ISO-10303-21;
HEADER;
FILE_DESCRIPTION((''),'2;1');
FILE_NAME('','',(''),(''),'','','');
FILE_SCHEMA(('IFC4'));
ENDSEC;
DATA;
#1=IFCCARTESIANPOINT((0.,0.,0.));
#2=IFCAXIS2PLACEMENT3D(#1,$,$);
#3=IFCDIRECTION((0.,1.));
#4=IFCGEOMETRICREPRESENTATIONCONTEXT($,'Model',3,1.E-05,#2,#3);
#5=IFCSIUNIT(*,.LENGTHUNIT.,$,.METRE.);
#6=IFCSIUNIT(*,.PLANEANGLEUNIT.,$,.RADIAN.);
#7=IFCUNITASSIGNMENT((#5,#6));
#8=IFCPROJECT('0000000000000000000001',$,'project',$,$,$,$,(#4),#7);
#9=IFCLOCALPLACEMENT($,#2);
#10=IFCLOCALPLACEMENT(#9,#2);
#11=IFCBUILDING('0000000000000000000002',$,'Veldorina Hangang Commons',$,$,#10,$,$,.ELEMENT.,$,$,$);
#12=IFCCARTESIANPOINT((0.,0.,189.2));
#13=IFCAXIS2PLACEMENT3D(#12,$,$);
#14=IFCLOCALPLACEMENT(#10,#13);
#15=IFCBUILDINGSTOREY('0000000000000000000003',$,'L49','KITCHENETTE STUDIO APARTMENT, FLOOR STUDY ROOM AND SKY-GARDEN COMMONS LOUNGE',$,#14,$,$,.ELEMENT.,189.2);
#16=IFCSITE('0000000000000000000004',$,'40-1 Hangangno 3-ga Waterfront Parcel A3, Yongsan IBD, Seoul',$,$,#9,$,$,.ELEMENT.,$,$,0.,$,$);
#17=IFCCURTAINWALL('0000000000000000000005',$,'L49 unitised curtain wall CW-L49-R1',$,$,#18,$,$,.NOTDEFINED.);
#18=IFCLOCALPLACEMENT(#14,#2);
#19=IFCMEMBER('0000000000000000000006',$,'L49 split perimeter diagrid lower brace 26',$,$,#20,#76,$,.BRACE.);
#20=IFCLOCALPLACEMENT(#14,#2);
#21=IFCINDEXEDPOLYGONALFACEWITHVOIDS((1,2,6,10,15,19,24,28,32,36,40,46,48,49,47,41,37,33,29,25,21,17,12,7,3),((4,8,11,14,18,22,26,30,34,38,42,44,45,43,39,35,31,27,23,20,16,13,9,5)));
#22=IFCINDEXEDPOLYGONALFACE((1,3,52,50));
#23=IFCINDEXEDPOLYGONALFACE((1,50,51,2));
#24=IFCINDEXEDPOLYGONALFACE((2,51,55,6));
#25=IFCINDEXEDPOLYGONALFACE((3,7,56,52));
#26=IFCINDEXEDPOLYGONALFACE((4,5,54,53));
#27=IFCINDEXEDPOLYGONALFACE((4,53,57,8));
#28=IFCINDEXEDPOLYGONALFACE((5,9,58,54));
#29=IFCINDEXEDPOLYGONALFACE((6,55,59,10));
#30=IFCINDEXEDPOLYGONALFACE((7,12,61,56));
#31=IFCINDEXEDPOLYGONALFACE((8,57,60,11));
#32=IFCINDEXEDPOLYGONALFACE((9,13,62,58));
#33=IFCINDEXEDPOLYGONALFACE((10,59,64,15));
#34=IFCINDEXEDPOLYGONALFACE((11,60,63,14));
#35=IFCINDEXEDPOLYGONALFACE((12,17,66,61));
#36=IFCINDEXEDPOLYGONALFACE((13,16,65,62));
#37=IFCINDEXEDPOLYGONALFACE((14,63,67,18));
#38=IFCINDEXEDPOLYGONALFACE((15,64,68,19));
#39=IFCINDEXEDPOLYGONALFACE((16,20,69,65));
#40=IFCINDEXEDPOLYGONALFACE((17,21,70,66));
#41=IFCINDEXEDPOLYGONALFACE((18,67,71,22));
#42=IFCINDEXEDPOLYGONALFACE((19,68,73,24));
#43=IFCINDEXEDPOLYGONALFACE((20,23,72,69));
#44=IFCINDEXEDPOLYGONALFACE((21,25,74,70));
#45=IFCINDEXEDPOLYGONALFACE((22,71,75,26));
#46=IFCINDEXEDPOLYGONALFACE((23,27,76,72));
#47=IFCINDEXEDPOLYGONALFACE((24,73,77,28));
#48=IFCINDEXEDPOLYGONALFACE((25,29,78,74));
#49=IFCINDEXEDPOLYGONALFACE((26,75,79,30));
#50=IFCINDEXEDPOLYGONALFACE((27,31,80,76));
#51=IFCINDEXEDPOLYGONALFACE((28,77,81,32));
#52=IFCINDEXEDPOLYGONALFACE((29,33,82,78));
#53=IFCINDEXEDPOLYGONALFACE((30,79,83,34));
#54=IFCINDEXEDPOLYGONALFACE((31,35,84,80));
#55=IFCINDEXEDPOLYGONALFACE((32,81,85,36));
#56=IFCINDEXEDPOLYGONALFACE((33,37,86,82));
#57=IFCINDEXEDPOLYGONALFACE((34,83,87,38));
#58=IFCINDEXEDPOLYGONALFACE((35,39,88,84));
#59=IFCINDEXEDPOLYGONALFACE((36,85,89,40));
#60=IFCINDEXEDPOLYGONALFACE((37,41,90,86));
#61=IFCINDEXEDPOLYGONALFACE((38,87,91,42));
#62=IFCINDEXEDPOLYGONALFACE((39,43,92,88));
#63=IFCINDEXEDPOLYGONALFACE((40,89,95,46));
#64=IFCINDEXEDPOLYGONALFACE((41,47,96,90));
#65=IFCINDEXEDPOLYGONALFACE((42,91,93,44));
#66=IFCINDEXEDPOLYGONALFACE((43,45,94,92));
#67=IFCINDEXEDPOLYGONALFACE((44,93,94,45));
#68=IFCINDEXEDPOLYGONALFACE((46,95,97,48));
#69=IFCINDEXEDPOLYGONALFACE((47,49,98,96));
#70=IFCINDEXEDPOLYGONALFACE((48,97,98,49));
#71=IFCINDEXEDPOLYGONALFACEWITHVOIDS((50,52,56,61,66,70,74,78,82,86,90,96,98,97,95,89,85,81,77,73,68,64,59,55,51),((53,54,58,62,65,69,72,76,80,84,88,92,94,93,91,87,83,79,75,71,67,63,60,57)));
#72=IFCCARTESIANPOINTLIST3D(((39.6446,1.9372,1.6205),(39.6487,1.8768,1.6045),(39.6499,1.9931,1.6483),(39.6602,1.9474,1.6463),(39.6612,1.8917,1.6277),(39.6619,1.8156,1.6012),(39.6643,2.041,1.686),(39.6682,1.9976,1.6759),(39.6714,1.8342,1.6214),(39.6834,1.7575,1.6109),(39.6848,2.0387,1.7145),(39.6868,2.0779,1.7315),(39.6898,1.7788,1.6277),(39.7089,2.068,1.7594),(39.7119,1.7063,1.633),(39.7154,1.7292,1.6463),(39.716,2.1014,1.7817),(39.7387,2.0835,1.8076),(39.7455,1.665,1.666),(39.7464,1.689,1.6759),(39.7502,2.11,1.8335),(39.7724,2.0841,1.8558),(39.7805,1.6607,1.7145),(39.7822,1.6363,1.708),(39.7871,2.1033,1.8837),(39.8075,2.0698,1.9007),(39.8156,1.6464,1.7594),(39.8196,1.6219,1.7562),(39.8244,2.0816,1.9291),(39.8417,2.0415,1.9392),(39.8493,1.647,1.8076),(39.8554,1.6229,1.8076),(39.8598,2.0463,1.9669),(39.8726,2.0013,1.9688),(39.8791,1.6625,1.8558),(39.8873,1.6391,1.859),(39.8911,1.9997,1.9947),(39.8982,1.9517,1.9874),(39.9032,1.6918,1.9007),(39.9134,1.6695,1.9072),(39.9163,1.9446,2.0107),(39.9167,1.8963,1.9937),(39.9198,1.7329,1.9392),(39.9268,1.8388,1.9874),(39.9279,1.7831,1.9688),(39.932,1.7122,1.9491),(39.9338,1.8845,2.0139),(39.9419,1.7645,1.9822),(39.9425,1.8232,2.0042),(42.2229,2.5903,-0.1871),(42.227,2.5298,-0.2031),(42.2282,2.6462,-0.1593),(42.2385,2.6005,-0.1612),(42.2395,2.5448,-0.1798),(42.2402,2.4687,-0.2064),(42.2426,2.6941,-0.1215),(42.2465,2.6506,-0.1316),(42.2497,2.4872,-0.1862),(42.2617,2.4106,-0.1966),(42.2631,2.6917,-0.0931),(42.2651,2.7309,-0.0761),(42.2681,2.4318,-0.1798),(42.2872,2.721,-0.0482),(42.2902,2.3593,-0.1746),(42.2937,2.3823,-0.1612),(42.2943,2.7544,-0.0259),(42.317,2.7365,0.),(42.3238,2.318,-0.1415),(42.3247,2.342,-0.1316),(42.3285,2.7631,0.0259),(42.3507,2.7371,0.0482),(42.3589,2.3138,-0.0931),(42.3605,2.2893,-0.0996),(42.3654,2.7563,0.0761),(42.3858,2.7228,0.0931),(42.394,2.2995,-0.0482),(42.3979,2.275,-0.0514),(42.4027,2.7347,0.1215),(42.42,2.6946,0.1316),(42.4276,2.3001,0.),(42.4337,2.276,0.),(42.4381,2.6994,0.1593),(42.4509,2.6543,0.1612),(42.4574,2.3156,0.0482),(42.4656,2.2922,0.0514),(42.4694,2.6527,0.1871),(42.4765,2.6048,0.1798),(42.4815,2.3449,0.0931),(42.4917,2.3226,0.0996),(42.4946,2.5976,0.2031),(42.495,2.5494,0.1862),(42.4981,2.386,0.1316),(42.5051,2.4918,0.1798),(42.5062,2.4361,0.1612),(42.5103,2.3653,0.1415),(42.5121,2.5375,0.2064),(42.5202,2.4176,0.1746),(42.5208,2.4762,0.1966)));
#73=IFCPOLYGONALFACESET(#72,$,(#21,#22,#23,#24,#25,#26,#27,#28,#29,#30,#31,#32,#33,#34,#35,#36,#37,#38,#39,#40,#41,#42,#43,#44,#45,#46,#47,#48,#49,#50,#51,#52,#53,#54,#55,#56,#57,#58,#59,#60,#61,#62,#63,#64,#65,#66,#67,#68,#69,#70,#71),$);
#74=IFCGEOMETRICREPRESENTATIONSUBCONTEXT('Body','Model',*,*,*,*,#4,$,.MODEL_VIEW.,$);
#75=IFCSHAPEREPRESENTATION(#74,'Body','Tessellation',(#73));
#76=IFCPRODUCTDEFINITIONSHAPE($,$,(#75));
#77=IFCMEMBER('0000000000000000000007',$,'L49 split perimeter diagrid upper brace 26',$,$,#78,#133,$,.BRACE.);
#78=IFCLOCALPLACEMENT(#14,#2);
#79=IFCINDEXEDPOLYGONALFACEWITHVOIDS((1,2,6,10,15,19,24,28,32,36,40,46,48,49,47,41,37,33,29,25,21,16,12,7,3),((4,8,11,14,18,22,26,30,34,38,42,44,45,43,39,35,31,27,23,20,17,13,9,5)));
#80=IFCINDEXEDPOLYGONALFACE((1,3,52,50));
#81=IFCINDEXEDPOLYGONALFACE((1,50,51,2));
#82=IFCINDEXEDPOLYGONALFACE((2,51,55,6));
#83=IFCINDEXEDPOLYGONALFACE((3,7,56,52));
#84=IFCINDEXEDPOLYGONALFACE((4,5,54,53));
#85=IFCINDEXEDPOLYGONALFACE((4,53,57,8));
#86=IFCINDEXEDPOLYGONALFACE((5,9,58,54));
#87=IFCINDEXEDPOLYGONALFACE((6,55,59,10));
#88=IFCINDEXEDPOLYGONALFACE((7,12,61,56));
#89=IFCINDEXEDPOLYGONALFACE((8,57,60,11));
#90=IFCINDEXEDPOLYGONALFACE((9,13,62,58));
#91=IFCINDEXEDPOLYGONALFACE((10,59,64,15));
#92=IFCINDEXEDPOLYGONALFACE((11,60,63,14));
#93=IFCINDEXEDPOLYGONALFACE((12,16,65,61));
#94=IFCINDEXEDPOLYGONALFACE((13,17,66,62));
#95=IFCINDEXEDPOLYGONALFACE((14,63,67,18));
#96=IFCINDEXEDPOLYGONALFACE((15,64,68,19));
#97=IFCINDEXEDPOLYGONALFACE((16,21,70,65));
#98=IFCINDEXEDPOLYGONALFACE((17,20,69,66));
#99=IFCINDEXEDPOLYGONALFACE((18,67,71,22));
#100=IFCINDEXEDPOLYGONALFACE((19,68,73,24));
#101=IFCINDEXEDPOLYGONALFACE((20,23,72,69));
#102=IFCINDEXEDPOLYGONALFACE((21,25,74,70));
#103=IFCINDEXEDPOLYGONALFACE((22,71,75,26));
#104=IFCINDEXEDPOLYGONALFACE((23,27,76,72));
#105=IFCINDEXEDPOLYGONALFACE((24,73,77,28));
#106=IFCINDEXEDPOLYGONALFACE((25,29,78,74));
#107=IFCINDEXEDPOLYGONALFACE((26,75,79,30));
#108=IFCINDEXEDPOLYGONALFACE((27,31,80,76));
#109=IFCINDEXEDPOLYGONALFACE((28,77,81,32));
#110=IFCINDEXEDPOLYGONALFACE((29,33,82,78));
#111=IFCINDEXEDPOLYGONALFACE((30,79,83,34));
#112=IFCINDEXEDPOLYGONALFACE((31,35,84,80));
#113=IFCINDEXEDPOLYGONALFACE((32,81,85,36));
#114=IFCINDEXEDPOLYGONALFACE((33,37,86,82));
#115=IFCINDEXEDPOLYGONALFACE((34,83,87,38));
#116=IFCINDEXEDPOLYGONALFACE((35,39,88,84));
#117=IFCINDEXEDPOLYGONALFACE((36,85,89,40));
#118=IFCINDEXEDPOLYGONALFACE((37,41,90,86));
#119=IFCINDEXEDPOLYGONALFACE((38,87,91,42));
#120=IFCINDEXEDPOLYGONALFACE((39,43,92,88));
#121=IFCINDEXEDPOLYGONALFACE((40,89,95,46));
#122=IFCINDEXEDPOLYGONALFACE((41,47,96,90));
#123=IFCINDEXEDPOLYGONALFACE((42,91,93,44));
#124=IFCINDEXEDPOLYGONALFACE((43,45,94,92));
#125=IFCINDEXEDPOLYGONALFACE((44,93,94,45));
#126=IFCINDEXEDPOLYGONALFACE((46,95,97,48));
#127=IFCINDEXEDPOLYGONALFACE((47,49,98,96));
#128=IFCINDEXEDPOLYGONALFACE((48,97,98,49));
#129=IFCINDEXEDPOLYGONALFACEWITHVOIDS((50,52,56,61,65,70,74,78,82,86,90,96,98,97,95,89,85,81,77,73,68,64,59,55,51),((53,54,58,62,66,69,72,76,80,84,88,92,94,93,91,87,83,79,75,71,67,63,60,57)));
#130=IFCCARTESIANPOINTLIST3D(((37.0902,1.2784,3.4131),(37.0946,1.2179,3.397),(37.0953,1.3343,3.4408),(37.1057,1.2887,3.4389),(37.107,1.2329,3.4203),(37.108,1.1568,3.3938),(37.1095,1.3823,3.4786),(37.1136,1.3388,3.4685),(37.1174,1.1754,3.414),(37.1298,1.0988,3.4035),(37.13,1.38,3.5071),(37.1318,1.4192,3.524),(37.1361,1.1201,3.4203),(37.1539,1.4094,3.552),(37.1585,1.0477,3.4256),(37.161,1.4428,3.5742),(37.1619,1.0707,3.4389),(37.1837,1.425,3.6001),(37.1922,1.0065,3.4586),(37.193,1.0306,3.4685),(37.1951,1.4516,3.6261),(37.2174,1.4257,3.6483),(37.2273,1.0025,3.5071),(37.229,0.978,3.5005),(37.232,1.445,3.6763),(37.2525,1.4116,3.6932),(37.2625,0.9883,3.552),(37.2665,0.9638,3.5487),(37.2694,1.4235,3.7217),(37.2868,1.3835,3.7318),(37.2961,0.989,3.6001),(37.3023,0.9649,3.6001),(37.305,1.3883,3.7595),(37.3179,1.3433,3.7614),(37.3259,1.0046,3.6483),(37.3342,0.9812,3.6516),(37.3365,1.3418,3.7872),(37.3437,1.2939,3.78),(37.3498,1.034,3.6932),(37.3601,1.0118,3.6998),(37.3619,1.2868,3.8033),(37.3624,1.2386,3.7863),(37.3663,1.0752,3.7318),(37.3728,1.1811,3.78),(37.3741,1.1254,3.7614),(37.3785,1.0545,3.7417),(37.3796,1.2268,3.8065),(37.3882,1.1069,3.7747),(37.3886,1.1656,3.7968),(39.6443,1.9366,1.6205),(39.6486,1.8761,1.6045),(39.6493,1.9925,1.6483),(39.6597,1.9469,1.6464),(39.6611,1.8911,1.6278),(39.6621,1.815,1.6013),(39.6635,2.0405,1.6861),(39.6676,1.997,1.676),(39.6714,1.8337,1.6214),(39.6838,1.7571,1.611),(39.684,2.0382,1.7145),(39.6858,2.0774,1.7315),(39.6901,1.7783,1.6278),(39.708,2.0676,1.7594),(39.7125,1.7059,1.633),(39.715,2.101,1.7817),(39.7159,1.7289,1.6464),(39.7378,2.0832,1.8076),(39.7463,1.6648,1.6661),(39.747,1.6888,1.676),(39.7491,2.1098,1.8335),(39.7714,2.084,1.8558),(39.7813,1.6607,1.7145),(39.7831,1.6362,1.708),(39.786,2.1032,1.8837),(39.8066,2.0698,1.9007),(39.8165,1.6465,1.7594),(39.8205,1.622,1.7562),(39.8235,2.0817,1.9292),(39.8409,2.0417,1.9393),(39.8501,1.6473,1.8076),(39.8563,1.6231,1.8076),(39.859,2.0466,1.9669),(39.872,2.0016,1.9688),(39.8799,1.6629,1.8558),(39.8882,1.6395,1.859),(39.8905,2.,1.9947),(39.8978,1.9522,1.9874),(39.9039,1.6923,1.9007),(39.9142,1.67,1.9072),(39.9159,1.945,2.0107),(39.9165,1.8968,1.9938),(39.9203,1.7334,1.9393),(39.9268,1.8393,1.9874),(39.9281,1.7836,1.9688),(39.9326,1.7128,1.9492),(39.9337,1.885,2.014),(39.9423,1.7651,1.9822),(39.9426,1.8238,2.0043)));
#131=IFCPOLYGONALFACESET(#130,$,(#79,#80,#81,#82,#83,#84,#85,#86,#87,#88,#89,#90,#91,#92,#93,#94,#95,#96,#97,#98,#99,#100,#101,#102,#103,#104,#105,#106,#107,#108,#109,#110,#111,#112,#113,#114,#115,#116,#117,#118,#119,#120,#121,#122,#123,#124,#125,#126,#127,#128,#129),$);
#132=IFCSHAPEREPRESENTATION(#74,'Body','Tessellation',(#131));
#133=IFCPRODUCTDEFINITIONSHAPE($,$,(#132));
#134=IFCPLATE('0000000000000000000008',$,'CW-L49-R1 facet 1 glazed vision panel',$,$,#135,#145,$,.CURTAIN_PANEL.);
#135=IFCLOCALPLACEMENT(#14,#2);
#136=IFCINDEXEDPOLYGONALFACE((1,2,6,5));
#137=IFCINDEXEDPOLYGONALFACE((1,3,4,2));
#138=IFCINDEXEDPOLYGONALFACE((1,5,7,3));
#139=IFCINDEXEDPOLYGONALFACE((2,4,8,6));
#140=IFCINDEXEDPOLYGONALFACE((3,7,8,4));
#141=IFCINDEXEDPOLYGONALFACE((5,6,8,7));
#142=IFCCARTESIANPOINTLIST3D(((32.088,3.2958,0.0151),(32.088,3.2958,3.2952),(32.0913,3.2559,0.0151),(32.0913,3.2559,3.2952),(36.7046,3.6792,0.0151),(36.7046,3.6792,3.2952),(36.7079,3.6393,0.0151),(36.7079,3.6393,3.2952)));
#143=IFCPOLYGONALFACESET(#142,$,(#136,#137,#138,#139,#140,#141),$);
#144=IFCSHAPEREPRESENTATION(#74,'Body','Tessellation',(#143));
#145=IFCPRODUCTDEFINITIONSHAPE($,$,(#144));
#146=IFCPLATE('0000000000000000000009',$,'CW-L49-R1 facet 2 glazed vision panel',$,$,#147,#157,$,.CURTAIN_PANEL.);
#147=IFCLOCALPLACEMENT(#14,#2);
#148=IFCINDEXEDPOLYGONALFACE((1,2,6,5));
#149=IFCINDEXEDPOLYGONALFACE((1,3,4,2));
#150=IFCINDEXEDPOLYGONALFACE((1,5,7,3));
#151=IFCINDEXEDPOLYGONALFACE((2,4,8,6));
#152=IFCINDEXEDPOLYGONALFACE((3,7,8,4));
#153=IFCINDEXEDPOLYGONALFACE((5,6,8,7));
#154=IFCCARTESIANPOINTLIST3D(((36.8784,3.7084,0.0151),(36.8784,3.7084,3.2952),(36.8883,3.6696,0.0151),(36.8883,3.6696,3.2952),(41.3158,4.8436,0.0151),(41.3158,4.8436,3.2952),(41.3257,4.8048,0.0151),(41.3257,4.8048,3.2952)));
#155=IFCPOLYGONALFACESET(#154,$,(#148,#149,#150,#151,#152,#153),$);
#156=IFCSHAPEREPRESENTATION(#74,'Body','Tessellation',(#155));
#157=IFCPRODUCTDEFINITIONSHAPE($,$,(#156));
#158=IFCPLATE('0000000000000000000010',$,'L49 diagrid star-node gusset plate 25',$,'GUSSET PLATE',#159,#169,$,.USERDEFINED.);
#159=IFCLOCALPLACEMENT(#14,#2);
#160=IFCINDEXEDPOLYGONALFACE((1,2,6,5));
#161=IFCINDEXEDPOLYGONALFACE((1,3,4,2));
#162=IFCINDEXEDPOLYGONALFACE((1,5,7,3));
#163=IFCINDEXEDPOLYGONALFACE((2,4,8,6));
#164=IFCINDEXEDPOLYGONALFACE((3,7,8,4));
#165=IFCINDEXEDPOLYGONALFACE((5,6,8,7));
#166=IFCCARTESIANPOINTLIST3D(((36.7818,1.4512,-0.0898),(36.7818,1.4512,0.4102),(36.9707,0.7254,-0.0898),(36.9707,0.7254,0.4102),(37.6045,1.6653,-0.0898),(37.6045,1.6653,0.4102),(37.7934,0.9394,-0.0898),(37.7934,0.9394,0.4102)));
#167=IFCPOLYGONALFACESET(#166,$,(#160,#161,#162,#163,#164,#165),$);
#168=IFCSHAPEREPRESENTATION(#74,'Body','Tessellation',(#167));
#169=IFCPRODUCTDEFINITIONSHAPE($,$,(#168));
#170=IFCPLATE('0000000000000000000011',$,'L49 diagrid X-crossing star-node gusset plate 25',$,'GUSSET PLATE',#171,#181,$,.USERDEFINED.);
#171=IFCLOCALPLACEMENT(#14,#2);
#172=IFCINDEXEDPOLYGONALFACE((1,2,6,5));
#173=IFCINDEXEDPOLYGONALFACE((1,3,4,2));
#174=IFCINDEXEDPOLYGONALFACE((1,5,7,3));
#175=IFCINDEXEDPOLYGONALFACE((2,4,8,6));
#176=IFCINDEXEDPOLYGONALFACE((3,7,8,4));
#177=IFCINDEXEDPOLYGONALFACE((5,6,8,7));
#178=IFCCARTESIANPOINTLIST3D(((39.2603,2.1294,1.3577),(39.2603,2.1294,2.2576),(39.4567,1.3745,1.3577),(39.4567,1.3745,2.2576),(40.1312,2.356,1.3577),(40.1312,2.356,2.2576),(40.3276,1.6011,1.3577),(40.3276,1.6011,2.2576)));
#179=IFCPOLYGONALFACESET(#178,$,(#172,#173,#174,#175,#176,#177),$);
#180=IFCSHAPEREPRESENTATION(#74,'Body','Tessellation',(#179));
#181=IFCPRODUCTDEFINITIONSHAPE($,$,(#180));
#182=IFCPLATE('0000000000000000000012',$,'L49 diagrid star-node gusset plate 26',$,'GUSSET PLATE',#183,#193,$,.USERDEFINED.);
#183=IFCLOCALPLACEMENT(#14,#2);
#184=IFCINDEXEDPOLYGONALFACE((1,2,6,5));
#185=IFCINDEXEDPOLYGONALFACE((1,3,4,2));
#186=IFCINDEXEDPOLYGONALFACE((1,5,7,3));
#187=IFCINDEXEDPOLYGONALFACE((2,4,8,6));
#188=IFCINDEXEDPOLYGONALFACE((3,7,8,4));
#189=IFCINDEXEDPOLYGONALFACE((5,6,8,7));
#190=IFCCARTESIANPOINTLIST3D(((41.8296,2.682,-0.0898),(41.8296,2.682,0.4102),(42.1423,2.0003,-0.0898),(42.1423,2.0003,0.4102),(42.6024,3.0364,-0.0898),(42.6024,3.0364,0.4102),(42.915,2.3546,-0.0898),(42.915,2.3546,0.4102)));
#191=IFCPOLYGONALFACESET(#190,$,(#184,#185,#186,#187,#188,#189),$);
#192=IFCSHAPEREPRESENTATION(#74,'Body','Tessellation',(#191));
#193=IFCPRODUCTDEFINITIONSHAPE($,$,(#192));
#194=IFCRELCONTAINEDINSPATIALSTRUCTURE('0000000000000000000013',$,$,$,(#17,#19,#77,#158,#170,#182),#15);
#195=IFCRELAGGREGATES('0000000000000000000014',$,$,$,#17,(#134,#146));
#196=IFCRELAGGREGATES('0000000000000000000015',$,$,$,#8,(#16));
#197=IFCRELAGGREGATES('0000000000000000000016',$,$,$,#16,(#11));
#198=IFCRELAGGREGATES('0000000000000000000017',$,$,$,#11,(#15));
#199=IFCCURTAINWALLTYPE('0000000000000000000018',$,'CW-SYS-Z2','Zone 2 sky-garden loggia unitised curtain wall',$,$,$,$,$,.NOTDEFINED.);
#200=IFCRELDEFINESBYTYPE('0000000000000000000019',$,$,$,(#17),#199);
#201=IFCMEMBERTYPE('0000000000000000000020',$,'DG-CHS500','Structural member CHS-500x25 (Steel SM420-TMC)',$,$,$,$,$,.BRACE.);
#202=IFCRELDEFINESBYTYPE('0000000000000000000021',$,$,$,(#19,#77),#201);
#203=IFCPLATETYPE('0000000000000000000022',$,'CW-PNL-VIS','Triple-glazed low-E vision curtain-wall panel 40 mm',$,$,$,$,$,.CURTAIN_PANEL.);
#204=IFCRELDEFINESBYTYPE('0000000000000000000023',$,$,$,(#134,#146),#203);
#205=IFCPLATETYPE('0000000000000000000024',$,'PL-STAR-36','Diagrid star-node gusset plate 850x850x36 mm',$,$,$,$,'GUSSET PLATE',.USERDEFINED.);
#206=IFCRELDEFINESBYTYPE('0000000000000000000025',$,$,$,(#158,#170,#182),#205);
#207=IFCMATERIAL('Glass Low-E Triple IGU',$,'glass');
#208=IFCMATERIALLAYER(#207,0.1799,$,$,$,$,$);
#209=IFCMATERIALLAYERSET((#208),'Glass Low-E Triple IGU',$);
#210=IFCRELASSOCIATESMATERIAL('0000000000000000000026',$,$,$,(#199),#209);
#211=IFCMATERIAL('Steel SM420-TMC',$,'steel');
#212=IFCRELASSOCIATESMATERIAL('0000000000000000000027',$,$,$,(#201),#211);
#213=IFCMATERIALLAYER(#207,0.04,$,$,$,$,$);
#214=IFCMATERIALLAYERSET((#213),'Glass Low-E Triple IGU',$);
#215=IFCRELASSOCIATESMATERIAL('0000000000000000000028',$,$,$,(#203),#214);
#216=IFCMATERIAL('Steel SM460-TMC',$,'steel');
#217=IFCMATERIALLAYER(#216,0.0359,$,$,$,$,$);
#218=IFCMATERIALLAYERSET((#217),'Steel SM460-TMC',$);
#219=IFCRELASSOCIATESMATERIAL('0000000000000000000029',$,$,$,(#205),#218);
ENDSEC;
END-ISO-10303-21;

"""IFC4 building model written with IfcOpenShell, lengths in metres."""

from ifc_helpers import new_model, si_unit, direction, frame, origin, origin_2d, place, context, subcontext, project, spatial, rectangle, hollow_circle, extrude, material, layer, layer_set, material_profile, profile_set, type_object, element, aggregate, save


model = new_model("IFC4")

# Units and contexts
model_context = context("Model", 3, precision=1e-05, world=origin(), true_north=direction((0.0, 1.0)))
body_context = subcontext(model_context, "Body", "Model", "MODEL_VIEW")
ifc_project = project(units=[si_unit("LENGTHUNIT", "METRE"), si_unit("PLANEANGLEUNIT", "RADIAN")], contexts=[model_context])

# Site, building, storey
site_placement = place(None, origin())
site = spatial("IfcSite", under=ifc_project, at=site_placement, Name="40-1 Hangangno 3-ga Waterfront Parcel A3, Yongsan IBD, Seoul", CompositionType="ELEMENT", RefElevation=0.0)
building_placement = place(site_placement, origin())
building = spatial("IfcBuilding", under=site, at=building_placement, Name="Veldorina Hangang Commons", CompositionType="ELEMENT")
storey_placement = place(building_placement, frame((0.0, 0.0, 189.2)))
storey = spatial("IfcBuildingStorey", under=building, at=storey_placement, Name="L49", Description="KITCHENETTE STUDIO APARTMENT, FLOOR STUDY ROOM AND SKY-GARDEN COMMONS LOUNGE", CompositionType="ELEMENT", Elevation=189.2)

# Shared definitions
ifc_material_1 = material(Name="Steel SM420-TMC", Category="steel")

# Curtain wall
ifc_material_2 = material(Name="Glass Low-E Triple IGU", Category="glass")
ifc_layer_1 = layer(ifc_material_2, 0.1799)
ifc_layer_set_1 = layer_set([ifc_layer_1], Name="Glass Low-E Triple IGU")
curtain_wall_type = type_object("IfcCurtainWallType", Name="CW-SYS-Z2", Description="Zone 2 sky-garden loggia unitised curtain wall", PredefinedType="NOTDEFINED", material=ifc_layer_set_1)
curtain_wall_placement = place(storey_placement, origin())
curtain_wall = element("IfcCurtainWall", 1, at=curtain_wall_placement, inside=storey, type_object=curtain_wall_type, Name="L49 unitised curtain wall CW-L49-R1", PredefinedType="NOTDEFINED")

# Members
ifc_material_profile_1 = material_profile(ifc_material_1, hollow_circle(Radius=0.25, WallThickness=0.0249, at=origin_2d()), Name="CHS-500x25")
ifc_profile_set_1 = profile_set([ifc_material_profile_1], Name="Steel SM420-TMC")
member_type_1 = type_object("IfcMemberType", Name="DG-CHS500", Description="Structural member CHS-500x25 (Steel SM420-TMC)", PredefinedType="BRACE", material=ifc_profile_set_1)
member_1_placement = place(storey_placement, frame((42.3723, 2.5183, 0.0), z_axis=(-0.801758, -0.203078, 0.562089), x_axis=(0.245537, -0.969387, 0.0)))
element("IfcMember", 2, at=member_1_placement, inside=storey, type_object=member_type_1, Name="L49 split perimeter diagrid lower brace 26", PredefinedType="BRACE", context=body_context, shape_type="SweptSolid", body=[
    extrude(hollow_circle(Radius=0.25, WallThickness=0.0249, at=origin_2d()), origin(), (0.0, 0.0, 1.0), 3.2158),
])
member_2_placement = place(storey_placement, frame((39.7939, 1.8652, 1.8076), z_axis=(-0.800896, -0.206406, 0.562105), x_axis=(0.249564, -0.968358, 0.0)))
element("IfcMember", 3, at=member_2_placement, inside=storey, type_object=member_type_1, Name="L49 split perimeter diagrid upper brace 26", PredefinedType="BRACE", context=body_context, shape_type="SweptSolid", body=[
    extrude(hollow_circle(Radius=0.25, WallThickness=0.0249, at=origin_2d()), origin(), (0.0, 0.0, 1.0), 3.189),
])

# Plates
ifc_layer_2 = layer(ifc_material_2, 0.04)
ifc_layer_set_2 = layer_set([ifc_layer_2], Name="Glass Low-E Triple IGU")
plate_type_1 = type_object("IfcPlateType", Name="CW-PNL-VIS", Description="Triple-glazed low-E vision curtain-wall panel 40 mm", PredefinedType="CURTAIN_PANEL", material=ifc_layer_set_2)
plate_1_placement = place(storey_placement, frame((34.3979, 3.4675, 0.0151), z_axis=(0.0, 0.0, 1.0), x_axis=(0.99657, 0.082756, 0.0)))
plate_1 = element("IfcPlate", 4, at=plate_1_placement, type_object=plate_type_1, Name="CW-L49-R1 facet 1 glazed vision panel", PredefinedType="CURTAIN_PANEL", context=body_context, shape_type="SweptSolid", body=[
    extrude(rectangle(XDim=4.6326, YDim=0.04, at=origin_2d()), origin(), (0.0, 0.0, 1.0), 3.28),
])
plate_2_placement = place(storey_placement, frame((39.1021, 4.2566, 0.0151), z_axis=(0.0, 0.0, 1.0), x_axis=(0.9688, 0.247845, 0.0)))
plate_2 = element("IfcPlate", 5, at=plate_2_placement, type_object=plate_type_1, Name="CW-L49-R1 facet 2 glazed vision panel", PredefinedType="CURTAIN_PANEL", context=body_context, shape_type="SweptSolid", body=[
    extrude(rectangle(XDim=4.5803, YDim=0.04, at=origin_2d()), origin(), (0.0, 0.0, 1.0), 3.28),
])
aggregate(curtain_wall, [plate_1, plate_2])

# Plates
ifc_material_3 = material(Name="Steel SM460-TMC", Category="steel")
ifc_layer_3 = layer(ifc_material_3, 0.0359)
ifc_layer_set_3 = layer_set([ifc_layer_3], Name="Steel SM460-TMC")
plate_type_2 = type_object("IfcPlateType", Name="PL-STAR-36", Description="Diagrid star-node gusset plate 850x850x36 mm", ElementType="GUSSET PLATE", PredefinedType="USERDEFINED", material=ifc_layer_set_3)
plate_3_placement = place(storey_placement, frame((37.2876, 1.1953, -0.0898), z_axis=(0.0, 0.0, 1.0), x_axis=(0.967771, 0.251833, 0.0)))
element("IfcPlate", 6, at=plate_3_placement, inside=storey, type_object=plate_type_2, Name="L49 diagrid star-node gusset plate 25", ObjectType="GUSSET PLATE", PredefinedType="USERDEFINED", context=body_context, shape_type="SweptSolid", body=[
    extrude(rectangle(XDim=0.8501, YDim=0.75, at=origin_2d()), origin(), (0.0, 0.0, 1.0), 0.5),
])
plate_4_placement = place(storey_placement, frame((39.7939, 1.8652, 1.3577), z_axis=(0.0, 0.0, 1.0), x_axis=(0.967771, 0.251833, 0.0)))
element("IfcPlate", 7, at=plate_4_placement, inside=storey, type_object=plate_type_2, Name="L49 diagrid X-crossing star-node gusset plate 25", ObjectType="GUSSET PLATE", PredefinedType="USERDEFINED", context=body_context, shape_type="SweptSolid", body=[
    extrude(rectangle(XDim=0.8999, YDim=0.78, at=origin_2d()), origin(), (0.0, 0.0, 1.0), 0.8999),
])
plate_5_placement = place(storey_placement, frame((42.3723, 2.5183, -0.0898), z_axis=(0.0, 0.0, 1.0), x_axis=(0.908989, 0.41682, 0.0)))
element("IfcPlate", 8, at=plate_5_placement, inside=storey, type_object=plate_type_2, Name="L49 diagrid star-node gusset plate 26", ObjectType="GUSSET PLATE", PredefinedType="USERDEFINED", context=body_context, shape_type="SweptSolid", body=[
    extrude(rectangle(XDim=0.8501, YDim=0.75, at=origin_2d()), origin(), (0.0, 0.0, 1.0), 0.5),
])

save(model, "model.ifc")
